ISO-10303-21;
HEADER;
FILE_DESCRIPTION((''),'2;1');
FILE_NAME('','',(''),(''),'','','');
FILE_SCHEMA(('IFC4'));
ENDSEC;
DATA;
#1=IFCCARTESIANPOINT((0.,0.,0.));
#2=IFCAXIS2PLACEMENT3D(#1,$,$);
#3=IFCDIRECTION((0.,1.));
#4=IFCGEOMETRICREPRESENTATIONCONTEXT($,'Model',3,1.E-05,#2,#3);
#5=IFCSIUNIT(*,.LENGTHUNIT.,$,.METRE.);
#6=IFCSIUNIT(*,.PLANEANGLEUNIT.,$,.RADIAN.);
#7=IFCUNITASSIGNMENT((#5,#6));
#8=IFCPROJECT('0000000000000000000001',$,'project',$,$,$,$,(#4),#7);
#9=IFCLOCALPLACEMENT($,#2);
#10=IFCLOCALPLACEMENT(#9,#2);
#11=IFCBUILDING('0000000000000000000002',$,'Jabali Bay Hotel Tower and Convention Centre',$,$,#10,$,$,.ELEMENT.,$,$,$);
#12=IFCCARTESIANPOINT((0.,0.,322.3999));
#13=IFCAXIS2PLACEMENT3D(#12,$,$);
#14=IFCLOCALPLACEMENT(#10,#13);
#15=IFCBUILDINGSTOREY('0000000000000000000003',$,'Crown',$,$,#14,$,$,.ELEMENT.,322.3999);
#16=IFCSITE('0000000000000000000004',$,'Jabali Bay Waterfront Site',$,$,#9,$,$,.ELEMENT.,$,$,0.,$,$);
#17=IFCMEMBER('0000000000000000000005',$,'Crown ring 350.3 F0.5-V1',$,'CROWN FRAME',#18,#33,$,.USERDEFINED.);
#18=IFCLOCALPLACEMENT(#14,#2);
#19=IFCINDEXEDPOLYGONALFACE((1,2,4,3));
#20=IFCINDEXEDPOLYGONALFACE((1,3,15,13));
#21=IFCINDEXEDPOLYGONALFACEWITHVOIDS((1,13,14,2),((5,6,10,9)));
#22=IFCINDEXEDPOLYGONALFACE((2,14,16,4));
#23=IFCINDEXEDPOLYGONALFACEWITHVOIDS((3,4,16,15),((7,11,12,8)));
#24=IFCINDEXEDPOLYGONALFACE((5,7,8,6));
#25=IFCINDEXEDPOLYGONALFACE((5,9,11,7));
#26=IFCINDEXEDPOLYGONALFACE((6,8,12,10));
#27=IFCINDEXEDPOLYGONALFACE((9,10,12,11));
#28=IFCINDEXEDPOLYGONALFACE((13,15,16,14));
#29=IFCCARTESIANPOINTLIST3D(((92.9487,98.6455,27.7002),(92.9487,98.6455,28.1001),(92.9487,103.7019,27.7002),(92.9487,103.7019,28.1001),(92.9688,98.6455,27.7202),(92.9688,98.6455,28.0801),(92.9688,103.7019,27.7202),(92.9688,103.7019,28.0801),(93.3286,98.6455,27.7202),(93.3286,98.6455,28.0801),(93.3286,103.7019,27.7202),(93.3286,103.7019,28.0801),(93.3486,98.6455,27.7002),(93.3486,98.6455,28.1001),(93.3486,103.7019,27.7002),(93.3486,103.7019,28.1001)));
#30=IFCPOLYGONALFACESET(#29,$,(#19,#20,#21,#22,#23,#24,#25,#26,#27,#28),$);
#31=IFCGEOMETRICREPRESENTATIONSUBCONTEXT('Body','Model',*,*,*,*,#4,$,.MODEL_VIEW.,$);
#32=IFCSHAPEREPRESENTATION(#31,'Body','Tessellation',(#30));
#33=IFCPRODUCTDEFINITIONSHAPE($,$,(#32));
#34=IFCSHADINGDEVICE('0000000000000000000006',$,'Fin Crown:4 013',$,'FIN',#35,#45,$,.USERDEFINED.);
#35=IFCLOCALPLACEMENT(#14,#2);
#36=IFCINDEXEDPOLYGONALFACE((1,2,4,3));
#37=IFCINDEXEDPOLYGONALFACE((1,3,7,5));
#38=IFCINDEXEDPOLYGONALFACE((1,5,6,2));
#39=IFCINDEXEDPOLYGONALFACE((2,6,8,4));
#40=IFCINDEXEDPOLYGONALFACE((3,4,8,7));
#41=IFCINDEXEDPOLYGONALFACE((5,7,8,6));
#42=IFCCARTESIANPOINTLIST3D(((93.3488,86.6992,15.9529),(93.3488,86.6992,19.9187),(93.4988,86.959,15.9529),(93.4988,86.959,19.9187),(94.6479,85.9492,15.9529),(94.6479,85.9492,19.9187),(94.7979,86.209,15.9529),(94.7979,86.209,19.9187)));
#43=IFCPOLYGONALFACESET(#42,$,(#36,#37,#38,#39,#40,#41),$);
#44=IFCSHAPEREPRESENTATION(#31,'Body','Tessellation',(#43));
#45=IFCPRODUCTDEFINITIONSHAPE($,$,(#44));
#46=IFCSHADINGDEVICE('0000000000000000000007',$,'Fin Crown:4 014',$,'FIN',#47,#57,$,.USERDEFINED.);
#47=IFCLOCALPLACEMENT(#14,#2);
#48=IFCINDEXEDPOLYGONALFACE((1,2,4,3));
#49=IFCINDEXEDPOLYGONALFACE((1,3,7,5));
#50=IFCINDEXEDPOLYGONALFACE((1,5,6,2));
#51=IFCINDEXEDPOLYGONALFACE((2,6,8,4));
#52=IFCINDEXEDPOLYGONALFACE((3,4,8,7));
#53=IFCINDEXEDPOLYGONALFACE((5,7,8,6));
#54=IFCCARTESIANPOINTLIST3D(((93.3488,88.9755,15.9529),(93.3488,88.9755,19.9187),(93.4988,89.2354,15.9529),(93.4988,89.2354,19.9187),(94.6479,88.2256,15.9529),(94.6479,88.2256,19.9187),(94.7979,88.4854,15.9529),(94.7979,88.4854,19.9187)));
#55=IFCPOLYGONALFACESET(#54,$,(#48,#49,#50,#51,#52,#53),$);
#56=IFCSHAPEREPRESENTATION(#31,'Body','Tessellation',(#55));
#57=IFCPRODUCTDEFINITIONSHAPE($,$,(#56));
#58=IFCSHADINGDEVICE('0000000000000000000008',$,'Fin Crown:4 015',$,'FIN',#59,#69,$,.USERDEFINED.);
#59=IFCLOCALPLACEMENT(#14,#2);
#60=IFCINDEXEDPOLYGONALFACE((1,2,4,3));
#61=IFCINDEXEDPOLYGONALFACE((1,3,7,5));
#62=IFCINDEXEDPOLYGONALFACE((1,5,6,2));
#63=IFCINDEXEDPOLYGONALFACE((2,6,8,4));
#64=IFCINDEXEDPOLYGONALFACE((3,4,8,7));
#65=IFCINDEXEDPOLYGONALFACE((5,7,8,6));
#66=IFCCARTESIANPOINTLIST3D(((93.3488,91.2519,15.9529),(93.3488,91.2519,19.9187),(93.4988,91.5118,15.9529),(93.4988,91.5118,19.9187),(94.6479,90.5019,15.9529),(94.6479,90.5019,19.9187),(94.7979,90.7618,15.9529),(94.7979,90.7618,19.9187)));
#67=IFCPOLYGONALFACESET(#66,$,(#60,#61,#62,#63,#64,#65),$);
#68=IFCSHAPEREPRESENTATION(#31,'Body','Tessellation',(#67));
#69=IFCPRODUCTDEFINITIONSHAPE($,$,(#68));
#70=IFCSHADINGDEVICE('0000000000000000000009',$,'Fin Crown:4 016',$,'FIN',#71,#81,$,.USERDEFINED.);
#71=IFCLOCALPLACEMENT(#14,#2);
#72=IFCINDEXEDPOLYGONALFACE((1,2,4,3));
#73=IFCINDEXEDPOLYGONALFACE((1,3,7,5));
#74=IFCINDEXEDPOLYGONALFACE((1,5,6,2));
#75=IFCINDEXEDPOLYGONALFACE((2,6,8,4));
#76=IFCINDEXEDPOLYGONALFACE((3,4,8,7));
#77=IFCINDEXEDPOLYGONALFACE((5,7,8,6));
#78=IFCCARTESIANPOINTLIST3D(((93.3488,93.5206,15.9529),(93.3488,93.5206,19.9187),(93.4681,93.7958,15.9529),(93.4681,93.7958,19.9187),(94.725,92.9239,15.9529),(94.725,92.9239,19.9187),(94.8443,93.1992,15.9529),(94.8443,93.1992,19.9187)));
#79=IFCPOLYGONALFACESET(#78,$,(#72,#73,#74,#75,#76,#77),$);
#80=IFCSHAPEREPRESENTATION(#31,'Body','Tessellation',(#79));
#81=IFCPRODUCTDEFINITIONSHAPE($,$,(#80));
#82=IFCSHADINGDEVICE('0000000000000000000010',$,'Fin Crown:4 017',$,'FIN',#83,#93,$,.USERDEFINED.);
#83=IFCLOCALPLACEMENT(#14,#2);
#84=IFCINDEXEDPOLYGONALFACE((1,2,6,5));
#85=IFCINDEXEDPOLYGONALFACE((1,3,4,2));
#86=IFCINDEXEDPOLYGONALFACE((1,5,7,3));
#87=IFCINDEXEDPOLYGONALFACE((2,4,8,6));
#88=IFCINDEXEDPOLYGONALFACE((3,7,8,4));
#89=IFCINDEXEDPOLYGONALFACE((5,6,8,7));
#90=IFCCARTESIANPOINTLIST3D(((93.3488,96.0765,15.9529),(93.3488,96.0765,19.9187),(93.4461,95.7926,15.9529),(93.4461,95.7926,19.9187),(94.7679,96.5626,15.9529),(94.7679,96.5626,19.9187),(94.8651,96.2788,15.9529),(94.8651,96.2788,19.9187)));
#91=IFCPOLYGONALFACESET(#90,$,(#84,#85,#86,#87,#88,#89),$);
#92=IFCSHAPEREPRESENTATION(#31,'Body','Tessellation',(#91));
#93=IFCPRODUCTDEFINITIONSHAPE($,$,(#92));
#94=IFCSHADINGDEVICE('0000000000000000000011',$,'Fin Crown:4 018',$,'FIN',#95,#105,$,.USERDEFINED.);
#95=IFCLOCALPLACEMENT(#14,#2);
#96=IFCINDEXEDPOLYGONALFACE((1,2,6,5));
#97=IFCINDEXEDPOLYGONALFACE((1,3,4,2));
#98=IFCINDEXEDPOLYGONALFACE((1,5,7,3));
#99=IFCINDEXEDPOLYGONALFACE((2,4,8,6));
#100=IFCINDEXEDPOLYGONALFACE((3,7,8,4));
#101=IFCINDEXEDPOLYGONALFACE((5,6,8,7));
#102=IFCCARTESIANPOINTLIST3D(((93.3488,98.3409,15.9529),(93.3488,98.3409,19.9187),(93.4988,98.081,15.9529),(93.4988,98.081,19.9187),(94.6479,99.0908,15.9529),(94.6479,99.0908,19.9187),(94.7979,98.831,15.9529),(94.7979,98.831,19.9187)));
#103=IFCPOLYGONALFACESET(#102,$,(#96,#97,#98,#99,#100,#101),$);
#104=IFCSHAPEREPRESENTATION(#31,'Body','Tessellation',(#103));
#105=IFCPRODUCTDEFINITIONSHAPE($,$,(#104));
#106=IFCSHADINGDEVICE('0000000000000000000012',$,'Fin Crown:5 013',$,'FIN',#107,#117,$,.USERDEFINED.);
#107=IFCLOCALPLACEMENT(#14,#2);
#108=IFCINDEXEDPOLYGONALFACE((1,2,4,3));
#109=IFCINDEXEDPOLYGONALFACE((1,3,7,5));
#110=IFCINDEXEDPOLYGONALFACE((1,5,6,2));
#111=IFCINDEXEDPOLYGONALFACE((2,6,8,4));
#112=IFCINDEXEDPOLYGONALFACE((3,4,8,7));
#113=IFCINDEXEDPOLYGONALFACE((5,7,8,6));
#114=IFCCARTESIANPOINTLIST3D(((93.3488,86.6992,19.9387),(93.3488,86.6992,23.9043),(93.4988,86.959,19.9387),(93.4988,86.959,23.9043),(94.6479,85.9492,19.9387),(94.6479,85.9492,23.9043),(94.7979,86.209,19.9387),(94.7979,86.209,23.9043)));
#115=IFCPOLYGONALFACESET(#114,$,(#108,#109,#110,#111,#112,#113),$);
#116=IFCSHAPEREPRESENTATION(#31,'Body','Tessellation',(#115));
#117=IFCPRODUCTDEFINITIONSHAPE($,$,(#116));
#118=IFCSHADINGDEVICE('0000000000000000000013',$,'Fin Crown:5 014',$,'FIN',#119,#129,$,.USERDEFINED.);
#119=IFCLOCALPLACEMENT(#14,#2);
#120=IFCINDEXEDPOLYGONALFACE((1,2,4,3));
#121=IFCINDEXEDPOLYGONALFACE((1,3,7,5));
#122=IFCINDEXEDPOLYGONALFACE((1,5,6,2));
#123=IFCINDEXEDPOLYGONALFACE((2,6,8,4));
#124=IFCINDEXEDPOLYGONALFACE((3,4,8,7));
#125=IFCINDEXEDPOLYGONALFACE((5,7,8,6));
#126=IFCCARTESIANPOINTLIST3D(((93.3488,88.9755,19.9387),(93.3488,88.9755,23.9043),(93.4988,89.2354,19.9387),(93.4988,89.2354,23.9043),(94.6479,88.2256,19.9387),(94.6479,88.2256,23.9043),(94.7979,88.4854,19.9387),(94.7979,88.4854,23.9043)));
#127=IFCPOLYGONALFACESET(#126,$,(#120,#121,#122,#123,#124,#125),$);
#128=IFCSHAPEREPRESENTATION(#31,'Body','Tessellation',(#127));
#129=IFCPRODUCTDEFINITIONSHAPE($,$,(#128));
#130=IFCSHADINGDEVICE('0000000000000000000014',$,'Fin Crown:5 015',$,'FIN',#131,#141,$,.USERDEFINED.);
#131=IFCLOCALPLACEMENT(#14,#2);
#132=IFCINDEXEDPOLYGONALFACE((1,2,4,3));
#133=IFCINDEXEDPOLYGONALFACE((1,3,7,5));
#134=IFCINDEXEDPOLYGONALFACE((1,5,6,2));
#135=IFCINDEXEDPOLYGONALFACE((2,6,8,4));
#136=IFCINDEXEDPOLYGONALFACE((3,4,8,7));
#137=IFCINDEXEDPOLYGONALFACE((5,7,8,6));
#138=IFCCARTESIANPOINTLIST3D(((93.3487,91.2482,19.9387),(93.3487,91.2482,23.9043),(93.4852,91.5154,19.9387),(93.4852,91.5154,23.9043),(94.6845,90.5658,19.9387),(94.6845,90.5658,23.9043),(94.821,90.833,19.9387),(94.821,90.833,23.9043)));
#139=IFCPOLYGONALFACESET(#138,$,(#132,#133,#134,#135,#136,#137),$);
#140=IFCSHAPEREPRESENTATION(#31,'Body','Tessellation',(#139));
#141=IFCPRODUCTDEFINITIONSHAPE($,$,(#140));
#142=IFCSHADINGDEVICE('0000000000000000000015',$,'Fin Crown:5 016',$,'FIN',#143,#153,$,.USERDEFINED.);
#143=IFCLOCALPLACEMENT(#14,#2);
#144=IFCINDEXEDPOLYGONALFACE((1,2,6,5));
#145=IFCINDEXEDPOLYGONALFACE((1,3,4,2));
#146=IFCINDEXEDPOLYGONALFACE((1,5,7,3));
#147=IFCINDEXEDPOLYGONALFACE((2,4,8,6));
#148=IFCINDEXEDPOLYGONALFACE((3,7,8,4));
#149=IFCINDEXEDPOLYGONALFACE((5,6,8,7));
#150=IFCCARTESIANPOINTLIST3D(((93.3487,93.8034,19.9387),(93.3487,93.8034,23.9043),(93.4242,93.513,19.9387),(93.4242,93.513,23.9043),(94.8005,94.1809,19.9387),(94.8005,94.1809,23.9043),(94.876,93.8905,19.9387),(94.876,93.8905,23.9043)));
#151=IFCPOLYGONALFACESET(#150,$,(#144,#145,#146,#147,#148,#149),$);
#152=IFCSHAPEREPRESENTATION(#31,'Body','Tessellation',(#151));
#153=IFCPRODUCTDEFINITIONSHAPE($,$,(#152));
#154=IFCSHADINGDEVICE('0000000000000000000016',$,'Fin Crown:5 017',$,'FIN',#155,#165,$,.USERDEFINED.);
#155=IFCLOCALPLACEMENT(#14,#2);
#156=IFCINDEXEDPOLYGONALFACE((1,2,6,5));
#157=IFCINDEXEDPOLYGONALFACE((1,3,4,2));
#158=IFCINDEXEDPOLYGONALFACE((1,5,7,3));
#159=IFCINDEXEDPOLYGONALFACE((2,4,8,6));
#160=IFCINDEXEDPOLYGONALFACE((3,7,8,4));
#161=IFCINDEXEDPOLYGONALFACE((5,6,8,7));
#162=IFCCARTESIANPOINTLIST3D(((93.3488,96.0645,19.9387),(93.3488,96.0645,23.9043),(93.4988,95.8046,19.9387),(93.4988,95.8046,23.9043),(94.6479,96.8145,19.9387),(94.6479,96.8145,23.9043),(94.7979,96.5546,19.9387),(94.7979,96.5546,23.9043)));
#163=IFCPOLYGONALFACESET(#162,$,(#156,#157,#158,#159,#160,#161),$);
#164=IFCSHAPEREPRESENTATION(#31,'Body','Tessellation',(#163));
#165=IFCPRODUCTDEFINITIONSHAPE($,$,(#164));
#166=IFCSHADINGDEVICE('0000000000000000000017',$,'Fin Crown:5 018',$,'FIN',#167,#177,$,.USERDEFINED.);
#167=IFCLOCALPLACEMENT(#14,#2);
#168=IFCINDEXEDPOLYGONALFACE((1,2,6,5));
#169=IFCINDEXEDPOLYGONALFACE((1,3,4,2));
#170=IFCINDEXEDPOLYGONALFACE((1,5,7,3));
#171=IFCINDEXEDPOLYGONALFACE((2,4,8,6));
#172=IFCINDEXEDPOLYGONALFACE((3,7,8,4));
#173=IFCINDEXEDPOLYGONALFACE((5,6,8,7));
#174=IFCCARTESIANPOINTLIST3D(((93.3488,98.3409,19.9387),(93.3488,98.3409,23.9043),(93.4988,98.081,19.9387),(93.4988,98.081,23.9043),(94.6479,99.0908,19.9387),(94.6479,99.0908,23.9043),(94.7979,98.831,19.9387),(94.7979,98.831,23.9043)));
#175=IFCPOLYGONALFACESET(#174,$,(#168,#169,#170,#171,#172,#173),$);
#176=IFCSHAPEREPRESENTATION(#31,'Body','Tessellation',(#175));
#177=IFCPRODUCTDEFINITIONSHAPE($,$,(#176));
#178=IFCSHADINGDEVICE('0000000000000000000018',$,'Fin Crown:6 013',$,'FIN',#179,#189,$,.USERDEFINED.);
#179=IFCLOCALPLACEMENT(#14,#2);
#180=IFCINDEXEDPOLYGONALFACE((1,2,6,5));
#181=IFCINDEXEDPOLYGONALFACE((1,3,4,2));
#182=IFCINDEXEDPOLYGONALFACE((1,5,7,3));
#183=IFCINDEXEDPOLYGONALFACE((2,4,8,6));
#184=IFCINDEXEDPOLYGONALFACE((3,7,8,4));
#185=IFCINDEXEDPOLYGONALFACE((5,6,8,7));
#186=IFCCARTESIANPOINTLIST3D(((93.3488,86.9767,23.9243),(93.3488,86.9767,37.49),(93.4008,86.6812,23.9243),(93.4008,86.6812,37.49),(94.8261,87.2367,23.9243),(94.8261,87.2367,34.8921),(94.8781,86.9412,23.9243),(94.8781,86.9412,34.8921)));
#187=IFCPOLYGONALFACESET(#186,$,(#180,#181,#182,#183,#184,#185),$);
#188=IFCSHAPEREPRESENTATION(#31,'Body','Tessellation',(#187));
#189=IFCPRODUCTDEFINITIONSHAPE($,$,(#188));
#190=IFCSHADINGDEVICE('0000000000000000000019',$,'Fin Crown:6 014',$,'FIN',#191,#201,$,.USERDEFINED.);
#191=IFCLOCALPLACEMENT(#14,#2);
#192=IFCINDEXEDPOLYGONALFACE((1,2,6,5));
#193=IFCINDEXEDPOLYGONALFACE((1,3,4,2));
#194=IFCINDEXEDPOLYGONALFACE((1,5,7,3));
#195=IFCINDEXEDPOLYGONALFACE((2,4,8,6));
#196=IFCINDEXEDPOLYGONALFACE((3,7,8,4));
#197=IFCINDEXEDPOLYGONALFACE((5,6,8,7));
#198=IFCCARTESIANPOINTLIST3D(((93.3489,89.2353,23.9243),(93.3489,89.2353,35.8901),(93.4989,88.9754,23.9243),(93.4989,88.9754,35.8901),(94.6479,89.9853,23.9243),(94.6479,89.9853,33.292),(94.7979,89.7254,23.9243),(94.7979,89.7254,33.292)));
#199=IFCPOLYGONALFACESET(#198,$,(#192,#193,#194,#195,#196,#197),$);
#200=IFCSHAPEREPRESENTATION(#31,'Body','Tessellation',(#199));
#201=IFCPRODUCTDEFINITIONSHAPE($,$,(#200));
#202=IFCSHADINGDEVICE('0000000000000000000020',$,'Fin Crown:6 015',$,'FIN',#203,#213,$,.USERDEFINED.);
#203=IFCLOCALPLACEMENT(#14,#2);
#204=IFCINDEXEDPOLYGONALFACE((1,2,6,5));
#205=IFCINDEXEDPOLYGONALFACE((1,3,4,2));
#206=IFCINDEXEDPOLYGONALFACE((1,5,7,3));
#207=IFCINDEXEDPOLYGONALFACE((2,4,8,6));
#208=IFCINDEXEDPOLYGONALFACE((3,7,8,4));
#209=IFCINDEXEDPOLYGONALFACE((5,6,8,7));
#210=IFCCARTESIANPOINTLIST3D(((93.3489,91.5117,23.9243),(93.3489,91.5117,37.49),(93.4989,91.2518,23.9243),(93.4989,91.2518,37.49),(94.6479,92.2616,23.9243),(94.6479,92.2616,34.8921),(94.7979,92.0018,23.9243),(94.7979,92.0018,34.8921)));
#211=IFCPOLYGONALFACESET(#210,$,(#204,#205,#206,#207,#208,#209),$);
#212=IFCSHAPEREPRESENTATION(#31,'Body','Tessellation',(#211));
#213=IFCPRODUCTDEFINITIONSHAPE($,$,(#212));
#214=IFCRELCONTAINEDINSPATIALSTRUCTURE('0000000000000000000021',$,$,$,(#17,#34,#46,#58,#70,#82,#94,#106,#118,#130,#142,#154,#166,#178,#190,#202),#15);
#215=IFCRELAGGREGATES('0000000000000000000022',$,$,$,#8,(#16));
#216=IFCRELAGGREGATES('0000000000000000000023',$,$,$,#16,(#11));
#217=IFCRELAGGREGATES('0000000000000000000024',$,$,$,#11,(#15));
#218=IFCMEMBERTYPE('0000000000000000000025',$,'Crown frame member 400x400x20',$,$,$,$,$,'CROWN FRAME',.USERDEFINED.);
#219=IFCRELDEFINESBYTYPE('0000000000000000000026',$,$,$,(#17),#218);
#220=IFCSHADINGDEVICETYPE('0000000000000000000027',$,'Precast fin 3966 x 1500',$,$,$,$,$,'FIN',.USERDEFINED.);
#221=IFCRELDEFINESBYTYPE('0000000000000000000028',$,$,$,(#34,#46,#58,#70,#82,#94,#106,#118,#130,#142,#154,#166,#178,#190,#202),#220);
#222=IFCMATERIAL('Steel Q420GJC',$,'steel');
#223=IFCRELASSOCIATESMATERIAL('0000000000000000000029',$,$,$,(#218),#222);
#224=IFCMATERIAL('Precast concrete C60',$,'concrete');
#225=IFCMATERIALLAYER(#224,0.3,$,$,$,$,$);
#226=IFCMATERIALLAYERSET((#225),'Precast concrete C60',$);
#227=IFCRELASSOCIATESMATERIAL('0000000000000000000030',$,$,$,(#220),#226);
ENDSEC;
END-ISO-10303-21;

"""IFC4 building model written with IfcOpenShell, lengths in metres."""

from ifc_helpers import new_model, si_unit, direction, frame, frame_2d, origin, origin_2d, place, context, subcontext, project, spatial, polyline, rectangle, hollow_rectangle, outline, extrude, material, layer, layer_set, material_profile, profile_set, type_object, element, save


model = new_model("IFC4")

# Units and contexts
model_context = context("Model", 3, precision=1e-05, world=origin(), true_north=direction((0.0, 1.0)))
body_context = subcontext(model_context, "Body", "Model", "MODEL_VIEW")
ifc_project = project(units=[si_unit("LENGTHUNIT", "METRE"), si_unit("PLANEANGLEUNIT", "RADIAN")], contexts=[model_context])

# Site, building, storey
site_placement = place(None, origin())
site = spatial("IfcSite", under=ifc_project, at=site_placement, Name="Jabali Bay Waterfront Site", CompositionType="ELEMENT", RefElevation=0.0)
building_placement = place(site_placement, origin())
building = spatial("IfcBuilding", under=site, at=building_placement, Name="Jabali Bay Hotel Tower and Convention Centre", CompositionType="ELEMENT")
storey_placement = place(building_placement, frame((0.0, 0.0, 322.3999)))
storey = spatial("IfcBuildingStorey", under=building, at=storey_placement, Name="Crown", CompositionType="ELEMENT", Elevation=322.3999)

# Member
ifc_material_1 = material(Name="Steel Q420GJC", Category="steel")
ifc_material_profile_1 = material_profile(ifc_material_1, hollow_rectangle(XDim=0.3999, YDim=0.3999, WallThickness=0.02, at=origin_2d()), Name="Crown frame member 400x400x20")
ifc_profile_set_1 = profile_set([ifc_material_profile_1], Name="Steel Q420GJC")
member_type_1 = type_object("IfcMemberType", Name="Crown frame member 400x400x20", ElementType="CROWN FRAME", PredefinedType="USERDEFINED", material=ifc_profile_set_1)
member_1_placement = place(storey_placement, frame((93.1487, 98.6455, 27.9001), z_axis=(0.0, 1.0, 0.0), x_axis=(-1.0, 0.0, 0.0)))
element("IfcMember", 1, at=member_1_placement, inside=storey, type_object=member_type_1, Name="Crown ring 350.3 F0.5-V1", ObjectType="CROWN FRAME", PredefinedType="USERDEFINED", context=body_context, shape_type="SweptSolid", body=[
    extrude(hollow_rectangle(XDim=0.3999, YDim=0.3999, WallThickness=0.02, at=origin_2d()), origin(), (0.0, 0.0, 1.0), 5.0564),
])

# Shading devices
ifc_material_2 = material(Name="Precast concrete C60", Category="concrete")
ifc_layer = layer(ifc_material_2, 0.3)
ifc_layer_set = layer_set([ifc_layer], Name="Precast concrete C60")
shading_device_type = type_object("IfcShadingDeviceType", Name="Precast fin 3966 x 1500", ElementType="FIN", PredefinedType="USERDEFINED", material=ifc_layer_set)
for number, where, z_axis, x_axis, name in (
    (2, (93.4238, 86.8291, 15.9529), (0.0, 0.0, 1.0), (0.866031, -0.49999, 0.0), "Fin Crown:4 013"),
    (3, (93.4238, 89.1055, 15.9529), (0.0, 0.0, 1.0), (0.866031, -0.49999, 0.0), "Fin Crown:4 014"),
    (4, (93.4238, 91.3818, 15.9529), (0.0, 0.0, 1.0), (0.866031, -0.49999, 0.0), "Fin Crown:4 015"),
    (5, (93.4084, 93.6582, 15.9529), (0.0, 0.0, 1.0), (0.917478, -0.397786, 0.0), "Fin Crown:4 016"),
    (6, (93.3975, 95.9346, 15.9529), (0.0, 0.0, 1.0), (0.94603, 0.324079, 0.0), "Fin Crown:4 017"),
    (7, (93.4238, 98.2109, 15.9529), (0.0, 0.0, 1.0), (0.866031, 0.49999, 0.0), "Fin Crown:4 018"),
):
    element("IfcShadingDevice", number, at=place(storey_placement, frame(where, z_axis=z_axis, x_axis=x_axis)), inside=storey, type_object=shading_device_type, Name=name, ObjectType="FIN", PredefinedType="USERDEFINED", context=body_context, shape_type="SweptSolid", body=[
        extrude(rectangle(XDim=1.5, YDim=0.3, at=frame_2d((0.75, 0.0))), origin(), (0.0, 0.0, 1.0), 3.9658),
    ])
for number, where, z_axis, x_axis, name in (
    (8, (93.4238, 86.8291, 19.9387), (0.0, 0.0, 1.0), (0.866031, -0.49999, 0.0), "Fin Crown:5 013"),
    (9, (93.4238, 89.1055, 19.9387), (0.0, 0.0, 1.0), (0.866031, -0.49999, 0.0), "Fin Crown:5 014"),
    (10, (93.417, 91.3818, 19.9387), (0.0, 0.0, 1.0), (0.89052, -0.454945, 0.0), "Fin Crown:5 015"),
    (11, (93.3865, 93.6582, 19.9387), (0.0, 0.0, 1.0), (0.967821, 0.25164, 0.0), "Fin Crown:5 016"),
    (12, (93.4238, 95.9346, 19.9387), (0.0, 0.0, 1.0), (0.866031, 0.49999, 0.0), "Fin Crown:5 017"),
    (13, (93.4238, 98.2109, 19.9387), (0.0, 0.0, 1.0), (0.866031, 0.49999, 0.0), "Fin Crown:5 018"),
):
    element("IfcShadingDevice", number, at=place(storey_placement, frame(where, z_axis=z_axis, x_axis=x_axis)), inside=storey, type_object=shading_device_type, Name=name, ObjectType="FIN", PredefinedType="USERDEFINED", context=body_context, shape_type="SweptSolid", body=[
        extrude(rectangle(XDim=1.5, YDim=0.3, at=frame_2d((0.75, 0.0))), origin(), (0.0, 0.0, 1.0), 3.9656),
    ])
shading_device_1_placement = place(storey_placement, frame((93.3748, 86.8291, 23.9243), z_axis=(0.0, 0.0, 1.0), x_axis=(0.984862, 0.17334, 0.0)))
element("IfcShadingDevice", 14, at=shading_device_1_placement, inside=storey, type_object=shading_device_type, Name="Fin Crown:6 013", ObjectType="FIN", PredefinedType="USERDEFINED", context=body_context, shape_type="SweptSolid", body=[
    extrude(outline(polyline([(0.0, 0.0), (1.5, 0.0), (1.5, 10.9678), (0.0, 13.5657), (0.0, 0.0)])), frame((0.0, 0.1499, 0.0), z_axis=(0.0, -1.0, 0.0), x_axis=(1.0, 0.0, 0.0)), (0.0, 0.0, 1.0), 0.3),
])
shading_device_2_placement = place(storey_placement, frame((93.4238, 89.1055, 23.9243), z_axis=(0.0, 0.0, 1.0), x_axis=(0.866031, 0.49999, 0.0)))
element("IfcShadingDevice", 15, at=shading_device_2_placement, inside=storey, type_object=shading_device_type, Name="Fin Crown:6 014", ObjectType="FIN", PredefinedType="USERDEFINED", context=body_context, shape_type="SweptSolid", body=[
    extrude(outline(polyline([(0.0, 0.0), (1.5, 0.0), (1.5, 9.3677), (0.0, 11.9658), (0.0, 0.0)])), frame((0.0, 0.1499, 0.0), z_axis=(0.0, -1.0, 0.0), x_axis=(1.0, 0.0, 0.0)), (0.0, 0.0, 1.0), 0.3),
])
shading_device_3_placement = place(storey_placement, frame((93.4238, 91.3818, 23.9243), z_axis=(0.0, 0.0, 1.0), x_axis=(0.866031, 0.49999, 0.0)))
element("IfcShadingDevice", 16, at=shading_device_3_placement, inside=storey, type_object=shading_device_type, Name="Fin Crown:6 015", ObjectType="FIN", PredefinedType="USERDEFINED", context=body_context, shape_type="SweptSolid", body=[
    extrude(outline(polyline([(0.0, 0.0), (1.5, 0.0), (1.5, 10.9678), (0.0, 13.5657), (0.0, 0.0)])), frame((0.0, 0.1499, 0.0), z_axis=(0.0, -1.0, 0.0), x_axis=(1.0, 0.0, 0.0)), (0.0, 0.0, 1.0), 0.3),
])

save(model, "model.ifc")
